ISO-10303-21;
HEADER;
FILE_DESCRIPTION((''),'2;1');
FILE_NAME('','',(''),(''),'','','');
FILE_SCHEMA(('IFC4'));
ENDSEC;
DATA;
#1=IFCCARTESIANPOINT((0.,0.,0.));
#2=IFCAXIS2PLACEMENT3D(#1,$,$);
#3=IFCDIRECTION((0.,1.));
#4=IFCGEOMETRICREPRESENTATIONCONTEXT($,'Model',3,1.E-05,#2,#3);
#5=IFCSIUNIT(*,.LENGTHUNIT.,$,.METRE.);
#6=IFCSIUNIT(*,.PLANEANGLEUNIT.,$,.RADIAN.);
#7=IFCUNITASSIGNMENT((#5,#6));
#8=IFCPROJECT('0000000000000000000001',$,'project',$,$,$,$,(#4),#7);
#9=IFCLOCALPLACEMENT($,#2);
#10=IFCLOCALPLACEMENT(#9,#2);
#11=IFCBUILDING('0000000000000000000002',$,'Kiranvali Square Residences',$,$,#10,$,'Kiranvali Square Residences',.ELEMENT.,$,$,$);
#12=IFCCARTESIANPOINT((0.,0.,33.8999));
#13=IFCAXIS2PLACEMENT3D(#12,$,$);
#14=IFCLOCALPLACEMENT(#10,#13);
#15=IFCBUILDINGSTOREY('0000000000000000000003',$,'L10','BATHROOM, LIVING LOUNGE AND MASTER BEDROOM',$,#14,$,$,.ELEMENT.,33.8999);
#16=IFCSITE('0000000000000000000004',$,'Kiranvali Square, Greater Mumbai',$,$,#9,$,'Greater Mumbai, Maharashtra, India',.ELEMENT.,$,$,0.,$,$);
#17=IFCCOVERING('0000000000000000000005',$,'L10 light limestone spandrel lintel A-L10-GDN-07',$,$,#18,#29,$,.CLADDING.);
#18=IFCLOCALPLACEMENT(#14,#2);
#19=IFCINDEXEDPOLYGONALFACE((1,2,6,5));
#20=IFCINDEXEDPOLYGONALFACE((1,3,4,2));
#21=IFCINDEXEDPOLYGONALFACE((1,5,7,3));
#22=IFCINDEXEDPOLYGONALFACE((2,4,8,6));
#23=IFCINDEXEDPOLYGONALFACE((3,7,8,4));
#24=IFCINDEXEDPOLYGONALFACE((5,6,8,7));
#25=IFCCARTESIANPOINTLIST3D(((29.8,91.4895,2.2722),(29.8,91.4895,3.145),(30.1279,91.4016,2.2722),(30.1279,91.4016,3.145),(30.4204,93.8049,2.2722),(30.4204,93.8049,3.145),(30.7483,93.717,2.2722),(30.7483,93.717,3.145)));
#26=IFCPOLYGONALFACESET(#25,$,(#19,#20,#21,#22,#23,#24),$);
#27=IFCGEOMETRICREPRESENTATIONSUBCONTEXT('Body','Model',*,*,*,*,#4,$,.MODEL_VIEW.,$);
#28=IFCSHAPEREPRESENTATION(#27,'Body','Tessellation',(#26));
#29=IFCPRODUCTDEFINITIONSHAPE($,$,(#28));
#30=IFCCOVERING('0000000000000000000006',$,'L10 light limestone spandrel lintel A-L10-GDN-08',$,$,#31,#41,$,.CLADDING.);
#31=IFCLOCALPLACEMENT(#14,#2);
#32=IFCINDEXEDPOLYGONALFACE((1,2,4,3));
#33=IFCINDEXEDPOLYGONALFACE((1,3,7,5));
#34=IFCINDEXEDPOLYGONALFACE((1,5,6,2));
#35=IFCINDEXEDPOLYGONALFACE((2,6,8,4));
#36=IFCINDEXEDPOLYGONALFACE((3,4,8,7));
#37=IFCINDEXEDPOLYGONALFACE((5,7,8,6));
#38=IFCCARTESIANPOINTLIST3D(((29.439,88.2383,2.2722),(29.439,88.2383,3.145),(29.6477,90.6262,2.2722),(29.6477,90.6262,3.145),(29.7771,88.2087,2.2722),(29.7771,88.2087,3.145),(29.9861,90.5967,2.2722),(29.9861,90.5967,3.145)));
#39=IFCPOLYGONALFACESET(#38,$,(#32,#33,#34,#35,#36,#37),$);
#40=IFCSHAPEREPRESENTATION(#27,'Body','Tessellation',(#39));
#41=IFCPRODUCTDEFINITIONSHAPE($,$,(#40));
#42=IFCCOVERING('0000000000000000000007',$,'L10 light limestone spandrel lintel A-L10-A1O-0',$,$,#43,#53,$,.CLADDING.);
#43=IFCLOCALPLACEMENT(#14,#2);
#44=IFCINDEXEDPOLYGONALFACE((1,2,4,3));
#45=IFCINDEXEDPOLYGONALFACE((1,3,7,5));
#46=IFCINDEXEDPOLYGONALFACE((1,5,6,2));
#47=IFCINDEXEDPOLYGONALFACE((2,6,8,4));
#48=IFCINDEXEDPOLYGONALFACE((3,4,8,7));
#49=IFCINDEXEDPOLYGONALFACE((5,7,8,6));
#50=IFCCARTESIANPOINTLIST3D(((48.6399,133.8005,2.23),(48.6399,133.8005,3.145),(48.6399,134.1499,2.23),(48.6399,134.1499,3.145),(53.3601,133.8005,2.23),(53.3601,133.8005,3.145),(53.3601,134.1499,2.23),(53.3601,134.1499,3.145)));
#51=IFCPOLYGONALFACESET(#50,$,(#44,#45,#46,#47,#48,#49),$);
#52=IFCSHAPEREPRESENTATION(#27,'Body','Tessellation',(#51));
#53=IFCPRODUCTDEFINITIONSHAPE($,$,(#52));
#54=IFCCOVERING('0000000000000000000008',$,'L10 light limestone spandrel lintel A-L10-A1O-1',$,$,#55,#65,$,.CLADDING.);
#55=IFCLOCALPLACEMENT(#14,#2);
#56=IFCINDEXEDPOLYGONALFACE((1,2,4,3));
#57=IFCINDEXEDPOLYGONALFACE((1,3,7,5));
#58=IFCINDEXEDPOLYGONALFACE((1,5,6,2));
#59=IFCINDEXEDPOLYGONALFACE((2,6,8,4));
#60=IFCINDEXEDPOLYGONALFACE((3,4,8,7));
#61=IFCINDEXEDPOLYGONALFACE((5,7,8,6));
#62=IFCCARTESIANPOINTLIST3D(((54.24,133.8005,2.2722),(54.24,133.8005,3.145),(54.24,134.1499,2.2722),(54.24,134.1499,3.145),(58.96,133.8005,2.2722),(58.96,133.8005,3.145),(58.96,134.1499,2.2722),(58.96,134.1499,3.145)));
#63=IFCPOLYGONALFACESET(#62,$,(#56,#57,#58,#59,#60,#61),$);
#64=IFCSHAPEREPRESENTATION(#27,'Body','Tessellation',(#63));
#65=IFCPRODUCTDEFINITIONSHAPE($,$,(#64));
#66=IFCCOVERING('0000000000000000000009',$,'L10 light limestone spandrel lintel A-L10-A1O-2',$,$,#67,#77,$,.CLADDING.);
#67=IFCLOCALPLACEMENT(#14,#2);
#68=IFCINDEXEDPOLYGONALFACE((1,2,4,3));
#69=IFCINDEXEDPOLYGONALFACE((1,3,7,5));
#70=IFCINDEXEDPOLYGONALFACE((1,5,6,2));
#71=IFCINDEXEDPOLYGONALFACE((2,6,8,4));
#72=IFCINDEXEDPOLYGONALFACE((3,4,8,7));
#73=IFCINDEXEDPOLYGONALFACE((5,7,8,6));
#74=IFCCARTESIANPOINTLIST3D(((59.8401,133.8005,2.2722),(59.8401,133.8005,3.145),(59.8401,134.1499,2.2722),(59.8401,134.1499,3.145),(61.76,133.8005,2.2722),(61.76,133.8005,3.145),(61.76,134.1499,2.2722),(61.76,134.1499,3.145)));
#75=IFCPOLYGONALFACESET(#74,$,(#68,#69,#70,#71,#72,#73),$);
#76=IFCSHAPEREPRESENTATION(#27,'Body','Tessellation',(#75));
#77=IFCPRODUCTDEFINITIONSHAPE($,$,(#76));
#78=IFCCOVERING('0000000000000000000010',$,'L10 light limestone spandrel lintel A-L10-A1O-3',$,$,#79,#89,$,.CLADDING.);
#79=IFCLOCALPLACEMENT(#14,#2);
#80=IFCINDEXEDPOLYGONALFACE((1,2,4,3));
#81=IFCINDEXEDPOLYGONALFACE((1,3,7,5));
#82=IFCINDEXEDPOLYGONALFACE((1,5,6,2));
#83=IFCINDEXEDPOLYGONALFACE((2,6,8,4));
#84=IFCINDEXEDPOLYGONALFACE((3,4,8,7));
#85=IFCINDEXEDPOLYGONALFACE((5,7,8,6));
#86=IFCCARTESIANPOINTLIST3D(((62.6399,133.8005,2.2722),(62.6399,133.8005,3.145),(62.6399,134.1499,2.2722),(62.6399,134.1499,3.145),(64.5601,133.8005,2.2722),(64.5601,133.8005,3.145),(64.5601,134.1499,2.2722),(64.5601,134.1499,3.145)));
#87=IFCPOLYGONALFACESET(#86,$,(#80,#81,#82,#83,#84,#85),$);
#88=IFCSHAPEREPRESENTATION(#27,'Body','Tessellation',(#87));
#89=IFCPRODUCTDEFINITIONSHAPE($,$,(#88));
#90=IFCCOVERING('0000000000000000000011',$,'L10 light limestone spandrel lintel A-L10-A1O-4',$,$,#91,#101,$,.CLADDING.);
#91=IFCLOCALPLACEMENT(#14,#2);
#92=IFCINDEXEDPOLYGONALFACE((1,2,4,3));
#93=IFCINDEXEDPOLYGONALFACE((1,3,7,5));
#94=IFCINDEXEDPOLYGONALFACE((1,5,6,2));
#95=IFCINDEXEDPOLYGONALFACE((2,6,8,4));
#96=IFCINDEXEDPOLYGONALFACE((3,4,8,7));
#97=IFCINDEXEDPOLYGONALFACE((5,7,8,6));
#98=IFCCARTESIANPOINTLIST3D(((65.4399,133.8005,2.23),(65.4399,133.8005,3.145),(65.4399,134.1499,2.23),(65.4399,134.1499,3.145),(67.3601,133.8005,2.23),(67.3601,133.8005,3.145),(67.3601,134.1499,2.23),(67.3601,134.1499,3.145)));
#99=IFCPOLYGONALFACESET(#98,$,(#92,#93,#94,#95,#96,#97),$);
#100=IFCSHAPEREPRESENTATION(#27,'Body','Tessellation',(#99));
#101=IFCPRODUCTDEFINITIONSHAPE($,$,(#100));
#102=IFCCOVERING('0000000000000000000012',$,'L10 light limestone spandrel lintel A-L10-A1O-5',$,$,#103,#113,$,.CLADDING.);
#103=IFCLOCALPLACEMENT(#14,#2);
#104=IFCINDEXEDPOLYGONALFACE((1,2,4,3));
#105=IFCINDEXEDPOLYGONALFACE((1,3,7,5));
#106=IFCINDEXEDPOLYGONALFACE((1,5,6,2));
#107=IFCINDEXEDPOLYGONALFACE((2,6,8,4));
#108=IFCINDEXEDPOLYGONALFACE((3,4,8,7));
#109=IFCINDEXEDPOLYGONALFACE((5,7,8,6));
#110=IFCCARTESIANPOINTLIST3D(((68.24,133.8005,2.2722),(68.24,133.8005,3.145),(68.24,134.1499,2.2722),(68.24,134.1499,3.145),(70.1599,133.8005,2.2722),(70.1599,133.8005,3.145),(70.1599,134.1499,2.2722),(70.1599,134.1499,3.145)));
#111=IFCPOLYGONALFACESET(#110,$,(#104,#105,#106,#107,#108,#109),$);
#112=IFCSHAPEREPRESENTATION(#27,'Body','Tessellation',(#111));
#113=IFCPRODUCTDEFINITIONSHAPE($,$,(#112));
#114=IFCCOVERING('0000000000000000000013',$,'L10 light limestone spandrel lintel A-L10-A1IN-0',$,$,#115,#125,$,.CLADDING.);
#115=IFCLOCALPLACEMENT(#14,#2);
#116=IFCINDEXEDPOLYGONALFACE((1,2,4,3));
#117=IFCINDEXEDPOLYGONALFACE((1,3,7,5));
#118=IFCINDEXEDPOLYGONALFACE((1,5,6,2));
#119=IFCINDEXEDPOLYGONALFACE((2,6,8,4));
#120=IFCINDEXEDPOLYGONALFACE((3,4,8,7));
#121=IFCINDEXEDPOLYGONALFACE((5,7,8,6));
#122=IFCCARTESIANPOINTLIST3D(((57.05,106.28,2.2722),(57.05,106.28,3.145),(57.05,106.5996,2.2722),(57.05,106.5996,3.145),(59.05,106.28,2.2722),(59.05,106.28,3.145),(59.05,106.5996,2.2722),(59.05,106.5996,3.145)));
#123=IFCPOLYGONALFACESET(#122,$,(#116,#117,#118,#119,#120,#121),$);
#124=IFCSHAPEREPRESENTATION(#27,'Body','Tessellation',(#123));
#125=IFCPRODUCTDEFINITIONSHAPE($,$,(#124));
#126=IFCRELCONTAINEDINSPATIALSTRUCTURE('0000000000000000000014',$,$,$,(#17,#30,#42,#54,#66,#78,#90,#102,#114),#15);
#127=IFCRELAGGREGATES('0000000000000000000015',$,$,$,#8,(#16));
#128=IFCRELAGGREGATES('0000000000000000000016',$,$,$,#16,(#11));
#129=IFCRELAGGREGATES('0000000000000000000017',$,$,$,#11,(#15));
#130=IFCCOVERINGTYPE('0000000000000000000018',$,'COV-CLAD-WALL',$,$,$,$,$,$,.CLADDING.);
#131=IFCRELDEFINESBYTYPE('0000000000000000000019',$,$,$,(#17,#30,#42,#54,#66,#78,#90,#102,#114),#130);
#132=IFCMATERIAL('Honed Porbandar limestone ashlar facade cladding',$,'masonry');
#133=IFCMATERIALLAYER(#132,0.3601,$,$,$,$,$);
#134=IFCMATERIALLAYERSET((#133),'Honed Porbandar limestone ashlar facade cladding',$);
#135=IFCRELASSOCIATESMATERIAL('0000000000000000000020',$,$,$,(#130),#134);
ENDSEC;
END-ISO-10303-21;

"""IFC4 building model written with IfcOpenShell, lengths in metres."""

from ifc_helpers import new_model, si_unit, direction, frame, origin, place, context, subcontext, project, spatial, polyline, outline, extrude, material, layer, layer_set, type_object, element, save


model = new_model("IFC4")

# Units and contexts
model_context = context("Model", 3, precision=1e-05, world=origin(), true_north=direction((0.0, 1.0)))
body_context = subcontext(model_context, "Body", "Model", "MODEL_VIEW")
ifc_project = project(units=[si_unit("LENGTHUNIT", "METRE"), si_unit("PLANEANGLEUNIT", "RADIAN")], contexts=[model_context])

# Site, building, storey
site_placement = place(None, origin())
site = spatial("IfcSite", under=ifc_project, at=site_placement, Name="Kiranvali Square, Greater Mumbai", LongName="Greater Mumbai, Maharashtra, India", CompositionType="ELEMENT", RefElevation=0.0)
building_placement = place(site_placement, origin())
building = spatial("IfcBuilding", under=site, at=building_placement, Name="Kiranvali Square Residences", LongName="Kiranvali Square Residences", CompositionType="ELEMENT")
storey_placement = place(building_placement, frame((0.0, 0.0, 33.8999)))
storey = spatial("IfcBuildingStorey", under=building, at=storey_placement, Name="L10", Description="BATHROOM, LIVING LOUNGE AND MASTER BEDROOM", CompositionType="ELEMENT", Elevation=33.8999)

# Coverings
ifc_material = material(Name="Honed Porbandar limestone ashlar facade cladding", Category="masonry")
ifc_layer = layer(ifc_material, 0.3601)
ifc_layer_set = layer_set([ifc_layer], Name="Honed Porbandar limestone ashlar facade cladding")
covering_type = type_object("IfcCoveringType", Name="COV-CLAD-WALL", PredefinedType="CLADDING", material=ifc_layer_set)
covering_1_placement = place(storey_placement, frame((0.0, 0.0, 2.2722)))
element("IfcCovering", 1, at=covering_1_placement, inside=storey, type_object=covering_type, Name="L10 light limestone spandrel lintel A-L10-GDN-07", PredefinedType="CLADDING", context=body_context, shape_type="SweptSolid", body=[
    extrude(outline(polyline([(30.4204, 93.8049), (29.8, 91.4895), (30.1279, 91.4016), (30.7483, 93.717), (30.4204, 93.8049)])), origin(), (0.0, 0.0, 1.0), 0.8728),
])
covering_2_placement = place(storey_placement, frame((0.0, 0.0, 2.2722)))
element("IfcCovering", 2, at=covering_2_placement, inside=storey, type_object=covering_type, Name="L10 light limestone spandrel lintel A-L10-GDN-08", PredefinedType="CLADDING", context=body_context, shape_type="SweptSolid", body=[
    extrude(outline(polyline([(29.6477, 90.6262), (29.439, 88.2383), (29.7771, 88.2087), (29.9861, 90.5967), (29.6477, 90.6262)])), origin(), (0.0, 0.0, 1.0), 0.8728),
])
covering_3_placement = place(storey_placement, frame((0.0, 0.0, 2.23)))
element("IfcCovering", 3, at=covering_3_placement, inside=storey, type_object=covering_type, Name="L10 light limestone spandrel lintel A-L10-A1O-0", PredefinedType="CLADDING", context=body_context, shape_type="SweptSolid", body=[
    extrude(outline(polyline([(48.6399, 133.8005), (53.3601, 133.8005), (53.3601, 134.1499), (48.6399, 134.1499), (48.6399, 133.8005)])), origin(), (0.0, 0.0, 1.0), 0.915),
])
covering_4_placement = place(storey_placement, frame((0.0, 0.0, 2.2722)))
element("IfcCovering", 4, at=covering_4_placement, inside=storey, type_object=covering_type, Name="L10 light limestone spandrel lintel A-L10-A1O-1", PredefinedType="CLADDING", context=body_context, shape_type="SweptSolid", body=[
    extrude(outline(polyline([(54.24, 133.8005), (58.96, 133.8005), (58.96, 134.1499), (54.24, 134.1499), (54.24, 133.8005)])), origin(), (0.0, 0.0, 1.0), 0.8728),
])
covering_5_placement = place(storey_placement, frame((0.0, 0.0, 2.2722)))
element("IfcCovering", 5, at=covering_5_placement, inside=storey, type_object=covering_type, Name="L10 light limestone spandrel lintel A-L10-A1O-2", PredefinedType="CLADDING", context=body_context, shape_type="SweptSolid", body=[
    extrude(outline(polyline([(59.8401, 133.8005), (61.76, 133.8005), (61.76, 134.1499), (59.8401, 134.1499), (59.8401, 133.8005)])), origin(), (0.0, 0.0, 1.0), 0.8728),
])
covering_6_placement = place(storey_placement, frame((0.0, 0.0, 2.2722)))
element("IfcCovering", 6, at=covering_6_placement, inside=storey, type_object=covering_type, Name="L10 light limestone spandrel lintel A-L10-A1O-3", PredefinedType="CLADDING", context=body_context, shape_type="SweptSolid", body=[
    extrude(outline(polyline([(62.6399, 133.8005), (64.5601, 133.8005), (64.5601, 134.1499), (62.6399, 134.1499), (62.6399, 133.8005)])), origin(), (0.0, 0.0, 1.0), 0.8728),
])
covering_7_placement = place(storey_placement, frame((0.0, 0.0, 2.23)))
element("IfcCovering", 7, at=covering_7_placement, inside=storey, type_object=covering_type, Name="L10 light limestone spandrel lintel A-L10-A1O-4", PredefinedType="CLADDING", context=body_context, shape_type="SweptSolid", body=[
    extrude(outline(polyline([(65.4399, 133.8005), (67.3601, 133.8005), (67.3601, 134.1499), (65.4399, 134.1499), (65.4399, 133.8005)])), origin(), (0.0, 0.0, 1.0), 0.915),
])
covering_8_placement = place(storey_placement, frame((0.0, 0.0, 2.2722)))
element("IfcCovering", 8, at=covering_8_placement, inside=storey, type_object=covering_type, Name="L10 light limestone spandrel lintel A-L10-A1O-5", PredefinedType="CLADDING", context=body_context, shape_type="SweptSolid", body=[
    extrude(outline(polyline([(68.24, 133.8005), (70.1599, 133.8005), (70.1599, 134.1499), (68.24, 134.1499), (68.24, 133.8005)])), origin(), (0.0, 0.0, 1.0), 0.8728),
])
covering_9_placement = place(storey_placement, frame((0.0, 0.0, 2.2722)))
element("IfcCovering", 9, at=covering_9_placement, inside=storey, type_object=covering_type, Name="L10 light limestone spandrel lintel A-L10-A1IN-0", PredefinedType="CLADDING", context=body_context, shape_type="SweptSolid", body=[
    extrude(outline(polyline([(57.05, 106.28), (59.05, 106.28), (59.05, 106.5996), (57.05, 106.5996), (57.05, 106.28)])), origin(), (0.0, 0.0, 1.0), 0.8728),
])

save(model, "model.ifc")
